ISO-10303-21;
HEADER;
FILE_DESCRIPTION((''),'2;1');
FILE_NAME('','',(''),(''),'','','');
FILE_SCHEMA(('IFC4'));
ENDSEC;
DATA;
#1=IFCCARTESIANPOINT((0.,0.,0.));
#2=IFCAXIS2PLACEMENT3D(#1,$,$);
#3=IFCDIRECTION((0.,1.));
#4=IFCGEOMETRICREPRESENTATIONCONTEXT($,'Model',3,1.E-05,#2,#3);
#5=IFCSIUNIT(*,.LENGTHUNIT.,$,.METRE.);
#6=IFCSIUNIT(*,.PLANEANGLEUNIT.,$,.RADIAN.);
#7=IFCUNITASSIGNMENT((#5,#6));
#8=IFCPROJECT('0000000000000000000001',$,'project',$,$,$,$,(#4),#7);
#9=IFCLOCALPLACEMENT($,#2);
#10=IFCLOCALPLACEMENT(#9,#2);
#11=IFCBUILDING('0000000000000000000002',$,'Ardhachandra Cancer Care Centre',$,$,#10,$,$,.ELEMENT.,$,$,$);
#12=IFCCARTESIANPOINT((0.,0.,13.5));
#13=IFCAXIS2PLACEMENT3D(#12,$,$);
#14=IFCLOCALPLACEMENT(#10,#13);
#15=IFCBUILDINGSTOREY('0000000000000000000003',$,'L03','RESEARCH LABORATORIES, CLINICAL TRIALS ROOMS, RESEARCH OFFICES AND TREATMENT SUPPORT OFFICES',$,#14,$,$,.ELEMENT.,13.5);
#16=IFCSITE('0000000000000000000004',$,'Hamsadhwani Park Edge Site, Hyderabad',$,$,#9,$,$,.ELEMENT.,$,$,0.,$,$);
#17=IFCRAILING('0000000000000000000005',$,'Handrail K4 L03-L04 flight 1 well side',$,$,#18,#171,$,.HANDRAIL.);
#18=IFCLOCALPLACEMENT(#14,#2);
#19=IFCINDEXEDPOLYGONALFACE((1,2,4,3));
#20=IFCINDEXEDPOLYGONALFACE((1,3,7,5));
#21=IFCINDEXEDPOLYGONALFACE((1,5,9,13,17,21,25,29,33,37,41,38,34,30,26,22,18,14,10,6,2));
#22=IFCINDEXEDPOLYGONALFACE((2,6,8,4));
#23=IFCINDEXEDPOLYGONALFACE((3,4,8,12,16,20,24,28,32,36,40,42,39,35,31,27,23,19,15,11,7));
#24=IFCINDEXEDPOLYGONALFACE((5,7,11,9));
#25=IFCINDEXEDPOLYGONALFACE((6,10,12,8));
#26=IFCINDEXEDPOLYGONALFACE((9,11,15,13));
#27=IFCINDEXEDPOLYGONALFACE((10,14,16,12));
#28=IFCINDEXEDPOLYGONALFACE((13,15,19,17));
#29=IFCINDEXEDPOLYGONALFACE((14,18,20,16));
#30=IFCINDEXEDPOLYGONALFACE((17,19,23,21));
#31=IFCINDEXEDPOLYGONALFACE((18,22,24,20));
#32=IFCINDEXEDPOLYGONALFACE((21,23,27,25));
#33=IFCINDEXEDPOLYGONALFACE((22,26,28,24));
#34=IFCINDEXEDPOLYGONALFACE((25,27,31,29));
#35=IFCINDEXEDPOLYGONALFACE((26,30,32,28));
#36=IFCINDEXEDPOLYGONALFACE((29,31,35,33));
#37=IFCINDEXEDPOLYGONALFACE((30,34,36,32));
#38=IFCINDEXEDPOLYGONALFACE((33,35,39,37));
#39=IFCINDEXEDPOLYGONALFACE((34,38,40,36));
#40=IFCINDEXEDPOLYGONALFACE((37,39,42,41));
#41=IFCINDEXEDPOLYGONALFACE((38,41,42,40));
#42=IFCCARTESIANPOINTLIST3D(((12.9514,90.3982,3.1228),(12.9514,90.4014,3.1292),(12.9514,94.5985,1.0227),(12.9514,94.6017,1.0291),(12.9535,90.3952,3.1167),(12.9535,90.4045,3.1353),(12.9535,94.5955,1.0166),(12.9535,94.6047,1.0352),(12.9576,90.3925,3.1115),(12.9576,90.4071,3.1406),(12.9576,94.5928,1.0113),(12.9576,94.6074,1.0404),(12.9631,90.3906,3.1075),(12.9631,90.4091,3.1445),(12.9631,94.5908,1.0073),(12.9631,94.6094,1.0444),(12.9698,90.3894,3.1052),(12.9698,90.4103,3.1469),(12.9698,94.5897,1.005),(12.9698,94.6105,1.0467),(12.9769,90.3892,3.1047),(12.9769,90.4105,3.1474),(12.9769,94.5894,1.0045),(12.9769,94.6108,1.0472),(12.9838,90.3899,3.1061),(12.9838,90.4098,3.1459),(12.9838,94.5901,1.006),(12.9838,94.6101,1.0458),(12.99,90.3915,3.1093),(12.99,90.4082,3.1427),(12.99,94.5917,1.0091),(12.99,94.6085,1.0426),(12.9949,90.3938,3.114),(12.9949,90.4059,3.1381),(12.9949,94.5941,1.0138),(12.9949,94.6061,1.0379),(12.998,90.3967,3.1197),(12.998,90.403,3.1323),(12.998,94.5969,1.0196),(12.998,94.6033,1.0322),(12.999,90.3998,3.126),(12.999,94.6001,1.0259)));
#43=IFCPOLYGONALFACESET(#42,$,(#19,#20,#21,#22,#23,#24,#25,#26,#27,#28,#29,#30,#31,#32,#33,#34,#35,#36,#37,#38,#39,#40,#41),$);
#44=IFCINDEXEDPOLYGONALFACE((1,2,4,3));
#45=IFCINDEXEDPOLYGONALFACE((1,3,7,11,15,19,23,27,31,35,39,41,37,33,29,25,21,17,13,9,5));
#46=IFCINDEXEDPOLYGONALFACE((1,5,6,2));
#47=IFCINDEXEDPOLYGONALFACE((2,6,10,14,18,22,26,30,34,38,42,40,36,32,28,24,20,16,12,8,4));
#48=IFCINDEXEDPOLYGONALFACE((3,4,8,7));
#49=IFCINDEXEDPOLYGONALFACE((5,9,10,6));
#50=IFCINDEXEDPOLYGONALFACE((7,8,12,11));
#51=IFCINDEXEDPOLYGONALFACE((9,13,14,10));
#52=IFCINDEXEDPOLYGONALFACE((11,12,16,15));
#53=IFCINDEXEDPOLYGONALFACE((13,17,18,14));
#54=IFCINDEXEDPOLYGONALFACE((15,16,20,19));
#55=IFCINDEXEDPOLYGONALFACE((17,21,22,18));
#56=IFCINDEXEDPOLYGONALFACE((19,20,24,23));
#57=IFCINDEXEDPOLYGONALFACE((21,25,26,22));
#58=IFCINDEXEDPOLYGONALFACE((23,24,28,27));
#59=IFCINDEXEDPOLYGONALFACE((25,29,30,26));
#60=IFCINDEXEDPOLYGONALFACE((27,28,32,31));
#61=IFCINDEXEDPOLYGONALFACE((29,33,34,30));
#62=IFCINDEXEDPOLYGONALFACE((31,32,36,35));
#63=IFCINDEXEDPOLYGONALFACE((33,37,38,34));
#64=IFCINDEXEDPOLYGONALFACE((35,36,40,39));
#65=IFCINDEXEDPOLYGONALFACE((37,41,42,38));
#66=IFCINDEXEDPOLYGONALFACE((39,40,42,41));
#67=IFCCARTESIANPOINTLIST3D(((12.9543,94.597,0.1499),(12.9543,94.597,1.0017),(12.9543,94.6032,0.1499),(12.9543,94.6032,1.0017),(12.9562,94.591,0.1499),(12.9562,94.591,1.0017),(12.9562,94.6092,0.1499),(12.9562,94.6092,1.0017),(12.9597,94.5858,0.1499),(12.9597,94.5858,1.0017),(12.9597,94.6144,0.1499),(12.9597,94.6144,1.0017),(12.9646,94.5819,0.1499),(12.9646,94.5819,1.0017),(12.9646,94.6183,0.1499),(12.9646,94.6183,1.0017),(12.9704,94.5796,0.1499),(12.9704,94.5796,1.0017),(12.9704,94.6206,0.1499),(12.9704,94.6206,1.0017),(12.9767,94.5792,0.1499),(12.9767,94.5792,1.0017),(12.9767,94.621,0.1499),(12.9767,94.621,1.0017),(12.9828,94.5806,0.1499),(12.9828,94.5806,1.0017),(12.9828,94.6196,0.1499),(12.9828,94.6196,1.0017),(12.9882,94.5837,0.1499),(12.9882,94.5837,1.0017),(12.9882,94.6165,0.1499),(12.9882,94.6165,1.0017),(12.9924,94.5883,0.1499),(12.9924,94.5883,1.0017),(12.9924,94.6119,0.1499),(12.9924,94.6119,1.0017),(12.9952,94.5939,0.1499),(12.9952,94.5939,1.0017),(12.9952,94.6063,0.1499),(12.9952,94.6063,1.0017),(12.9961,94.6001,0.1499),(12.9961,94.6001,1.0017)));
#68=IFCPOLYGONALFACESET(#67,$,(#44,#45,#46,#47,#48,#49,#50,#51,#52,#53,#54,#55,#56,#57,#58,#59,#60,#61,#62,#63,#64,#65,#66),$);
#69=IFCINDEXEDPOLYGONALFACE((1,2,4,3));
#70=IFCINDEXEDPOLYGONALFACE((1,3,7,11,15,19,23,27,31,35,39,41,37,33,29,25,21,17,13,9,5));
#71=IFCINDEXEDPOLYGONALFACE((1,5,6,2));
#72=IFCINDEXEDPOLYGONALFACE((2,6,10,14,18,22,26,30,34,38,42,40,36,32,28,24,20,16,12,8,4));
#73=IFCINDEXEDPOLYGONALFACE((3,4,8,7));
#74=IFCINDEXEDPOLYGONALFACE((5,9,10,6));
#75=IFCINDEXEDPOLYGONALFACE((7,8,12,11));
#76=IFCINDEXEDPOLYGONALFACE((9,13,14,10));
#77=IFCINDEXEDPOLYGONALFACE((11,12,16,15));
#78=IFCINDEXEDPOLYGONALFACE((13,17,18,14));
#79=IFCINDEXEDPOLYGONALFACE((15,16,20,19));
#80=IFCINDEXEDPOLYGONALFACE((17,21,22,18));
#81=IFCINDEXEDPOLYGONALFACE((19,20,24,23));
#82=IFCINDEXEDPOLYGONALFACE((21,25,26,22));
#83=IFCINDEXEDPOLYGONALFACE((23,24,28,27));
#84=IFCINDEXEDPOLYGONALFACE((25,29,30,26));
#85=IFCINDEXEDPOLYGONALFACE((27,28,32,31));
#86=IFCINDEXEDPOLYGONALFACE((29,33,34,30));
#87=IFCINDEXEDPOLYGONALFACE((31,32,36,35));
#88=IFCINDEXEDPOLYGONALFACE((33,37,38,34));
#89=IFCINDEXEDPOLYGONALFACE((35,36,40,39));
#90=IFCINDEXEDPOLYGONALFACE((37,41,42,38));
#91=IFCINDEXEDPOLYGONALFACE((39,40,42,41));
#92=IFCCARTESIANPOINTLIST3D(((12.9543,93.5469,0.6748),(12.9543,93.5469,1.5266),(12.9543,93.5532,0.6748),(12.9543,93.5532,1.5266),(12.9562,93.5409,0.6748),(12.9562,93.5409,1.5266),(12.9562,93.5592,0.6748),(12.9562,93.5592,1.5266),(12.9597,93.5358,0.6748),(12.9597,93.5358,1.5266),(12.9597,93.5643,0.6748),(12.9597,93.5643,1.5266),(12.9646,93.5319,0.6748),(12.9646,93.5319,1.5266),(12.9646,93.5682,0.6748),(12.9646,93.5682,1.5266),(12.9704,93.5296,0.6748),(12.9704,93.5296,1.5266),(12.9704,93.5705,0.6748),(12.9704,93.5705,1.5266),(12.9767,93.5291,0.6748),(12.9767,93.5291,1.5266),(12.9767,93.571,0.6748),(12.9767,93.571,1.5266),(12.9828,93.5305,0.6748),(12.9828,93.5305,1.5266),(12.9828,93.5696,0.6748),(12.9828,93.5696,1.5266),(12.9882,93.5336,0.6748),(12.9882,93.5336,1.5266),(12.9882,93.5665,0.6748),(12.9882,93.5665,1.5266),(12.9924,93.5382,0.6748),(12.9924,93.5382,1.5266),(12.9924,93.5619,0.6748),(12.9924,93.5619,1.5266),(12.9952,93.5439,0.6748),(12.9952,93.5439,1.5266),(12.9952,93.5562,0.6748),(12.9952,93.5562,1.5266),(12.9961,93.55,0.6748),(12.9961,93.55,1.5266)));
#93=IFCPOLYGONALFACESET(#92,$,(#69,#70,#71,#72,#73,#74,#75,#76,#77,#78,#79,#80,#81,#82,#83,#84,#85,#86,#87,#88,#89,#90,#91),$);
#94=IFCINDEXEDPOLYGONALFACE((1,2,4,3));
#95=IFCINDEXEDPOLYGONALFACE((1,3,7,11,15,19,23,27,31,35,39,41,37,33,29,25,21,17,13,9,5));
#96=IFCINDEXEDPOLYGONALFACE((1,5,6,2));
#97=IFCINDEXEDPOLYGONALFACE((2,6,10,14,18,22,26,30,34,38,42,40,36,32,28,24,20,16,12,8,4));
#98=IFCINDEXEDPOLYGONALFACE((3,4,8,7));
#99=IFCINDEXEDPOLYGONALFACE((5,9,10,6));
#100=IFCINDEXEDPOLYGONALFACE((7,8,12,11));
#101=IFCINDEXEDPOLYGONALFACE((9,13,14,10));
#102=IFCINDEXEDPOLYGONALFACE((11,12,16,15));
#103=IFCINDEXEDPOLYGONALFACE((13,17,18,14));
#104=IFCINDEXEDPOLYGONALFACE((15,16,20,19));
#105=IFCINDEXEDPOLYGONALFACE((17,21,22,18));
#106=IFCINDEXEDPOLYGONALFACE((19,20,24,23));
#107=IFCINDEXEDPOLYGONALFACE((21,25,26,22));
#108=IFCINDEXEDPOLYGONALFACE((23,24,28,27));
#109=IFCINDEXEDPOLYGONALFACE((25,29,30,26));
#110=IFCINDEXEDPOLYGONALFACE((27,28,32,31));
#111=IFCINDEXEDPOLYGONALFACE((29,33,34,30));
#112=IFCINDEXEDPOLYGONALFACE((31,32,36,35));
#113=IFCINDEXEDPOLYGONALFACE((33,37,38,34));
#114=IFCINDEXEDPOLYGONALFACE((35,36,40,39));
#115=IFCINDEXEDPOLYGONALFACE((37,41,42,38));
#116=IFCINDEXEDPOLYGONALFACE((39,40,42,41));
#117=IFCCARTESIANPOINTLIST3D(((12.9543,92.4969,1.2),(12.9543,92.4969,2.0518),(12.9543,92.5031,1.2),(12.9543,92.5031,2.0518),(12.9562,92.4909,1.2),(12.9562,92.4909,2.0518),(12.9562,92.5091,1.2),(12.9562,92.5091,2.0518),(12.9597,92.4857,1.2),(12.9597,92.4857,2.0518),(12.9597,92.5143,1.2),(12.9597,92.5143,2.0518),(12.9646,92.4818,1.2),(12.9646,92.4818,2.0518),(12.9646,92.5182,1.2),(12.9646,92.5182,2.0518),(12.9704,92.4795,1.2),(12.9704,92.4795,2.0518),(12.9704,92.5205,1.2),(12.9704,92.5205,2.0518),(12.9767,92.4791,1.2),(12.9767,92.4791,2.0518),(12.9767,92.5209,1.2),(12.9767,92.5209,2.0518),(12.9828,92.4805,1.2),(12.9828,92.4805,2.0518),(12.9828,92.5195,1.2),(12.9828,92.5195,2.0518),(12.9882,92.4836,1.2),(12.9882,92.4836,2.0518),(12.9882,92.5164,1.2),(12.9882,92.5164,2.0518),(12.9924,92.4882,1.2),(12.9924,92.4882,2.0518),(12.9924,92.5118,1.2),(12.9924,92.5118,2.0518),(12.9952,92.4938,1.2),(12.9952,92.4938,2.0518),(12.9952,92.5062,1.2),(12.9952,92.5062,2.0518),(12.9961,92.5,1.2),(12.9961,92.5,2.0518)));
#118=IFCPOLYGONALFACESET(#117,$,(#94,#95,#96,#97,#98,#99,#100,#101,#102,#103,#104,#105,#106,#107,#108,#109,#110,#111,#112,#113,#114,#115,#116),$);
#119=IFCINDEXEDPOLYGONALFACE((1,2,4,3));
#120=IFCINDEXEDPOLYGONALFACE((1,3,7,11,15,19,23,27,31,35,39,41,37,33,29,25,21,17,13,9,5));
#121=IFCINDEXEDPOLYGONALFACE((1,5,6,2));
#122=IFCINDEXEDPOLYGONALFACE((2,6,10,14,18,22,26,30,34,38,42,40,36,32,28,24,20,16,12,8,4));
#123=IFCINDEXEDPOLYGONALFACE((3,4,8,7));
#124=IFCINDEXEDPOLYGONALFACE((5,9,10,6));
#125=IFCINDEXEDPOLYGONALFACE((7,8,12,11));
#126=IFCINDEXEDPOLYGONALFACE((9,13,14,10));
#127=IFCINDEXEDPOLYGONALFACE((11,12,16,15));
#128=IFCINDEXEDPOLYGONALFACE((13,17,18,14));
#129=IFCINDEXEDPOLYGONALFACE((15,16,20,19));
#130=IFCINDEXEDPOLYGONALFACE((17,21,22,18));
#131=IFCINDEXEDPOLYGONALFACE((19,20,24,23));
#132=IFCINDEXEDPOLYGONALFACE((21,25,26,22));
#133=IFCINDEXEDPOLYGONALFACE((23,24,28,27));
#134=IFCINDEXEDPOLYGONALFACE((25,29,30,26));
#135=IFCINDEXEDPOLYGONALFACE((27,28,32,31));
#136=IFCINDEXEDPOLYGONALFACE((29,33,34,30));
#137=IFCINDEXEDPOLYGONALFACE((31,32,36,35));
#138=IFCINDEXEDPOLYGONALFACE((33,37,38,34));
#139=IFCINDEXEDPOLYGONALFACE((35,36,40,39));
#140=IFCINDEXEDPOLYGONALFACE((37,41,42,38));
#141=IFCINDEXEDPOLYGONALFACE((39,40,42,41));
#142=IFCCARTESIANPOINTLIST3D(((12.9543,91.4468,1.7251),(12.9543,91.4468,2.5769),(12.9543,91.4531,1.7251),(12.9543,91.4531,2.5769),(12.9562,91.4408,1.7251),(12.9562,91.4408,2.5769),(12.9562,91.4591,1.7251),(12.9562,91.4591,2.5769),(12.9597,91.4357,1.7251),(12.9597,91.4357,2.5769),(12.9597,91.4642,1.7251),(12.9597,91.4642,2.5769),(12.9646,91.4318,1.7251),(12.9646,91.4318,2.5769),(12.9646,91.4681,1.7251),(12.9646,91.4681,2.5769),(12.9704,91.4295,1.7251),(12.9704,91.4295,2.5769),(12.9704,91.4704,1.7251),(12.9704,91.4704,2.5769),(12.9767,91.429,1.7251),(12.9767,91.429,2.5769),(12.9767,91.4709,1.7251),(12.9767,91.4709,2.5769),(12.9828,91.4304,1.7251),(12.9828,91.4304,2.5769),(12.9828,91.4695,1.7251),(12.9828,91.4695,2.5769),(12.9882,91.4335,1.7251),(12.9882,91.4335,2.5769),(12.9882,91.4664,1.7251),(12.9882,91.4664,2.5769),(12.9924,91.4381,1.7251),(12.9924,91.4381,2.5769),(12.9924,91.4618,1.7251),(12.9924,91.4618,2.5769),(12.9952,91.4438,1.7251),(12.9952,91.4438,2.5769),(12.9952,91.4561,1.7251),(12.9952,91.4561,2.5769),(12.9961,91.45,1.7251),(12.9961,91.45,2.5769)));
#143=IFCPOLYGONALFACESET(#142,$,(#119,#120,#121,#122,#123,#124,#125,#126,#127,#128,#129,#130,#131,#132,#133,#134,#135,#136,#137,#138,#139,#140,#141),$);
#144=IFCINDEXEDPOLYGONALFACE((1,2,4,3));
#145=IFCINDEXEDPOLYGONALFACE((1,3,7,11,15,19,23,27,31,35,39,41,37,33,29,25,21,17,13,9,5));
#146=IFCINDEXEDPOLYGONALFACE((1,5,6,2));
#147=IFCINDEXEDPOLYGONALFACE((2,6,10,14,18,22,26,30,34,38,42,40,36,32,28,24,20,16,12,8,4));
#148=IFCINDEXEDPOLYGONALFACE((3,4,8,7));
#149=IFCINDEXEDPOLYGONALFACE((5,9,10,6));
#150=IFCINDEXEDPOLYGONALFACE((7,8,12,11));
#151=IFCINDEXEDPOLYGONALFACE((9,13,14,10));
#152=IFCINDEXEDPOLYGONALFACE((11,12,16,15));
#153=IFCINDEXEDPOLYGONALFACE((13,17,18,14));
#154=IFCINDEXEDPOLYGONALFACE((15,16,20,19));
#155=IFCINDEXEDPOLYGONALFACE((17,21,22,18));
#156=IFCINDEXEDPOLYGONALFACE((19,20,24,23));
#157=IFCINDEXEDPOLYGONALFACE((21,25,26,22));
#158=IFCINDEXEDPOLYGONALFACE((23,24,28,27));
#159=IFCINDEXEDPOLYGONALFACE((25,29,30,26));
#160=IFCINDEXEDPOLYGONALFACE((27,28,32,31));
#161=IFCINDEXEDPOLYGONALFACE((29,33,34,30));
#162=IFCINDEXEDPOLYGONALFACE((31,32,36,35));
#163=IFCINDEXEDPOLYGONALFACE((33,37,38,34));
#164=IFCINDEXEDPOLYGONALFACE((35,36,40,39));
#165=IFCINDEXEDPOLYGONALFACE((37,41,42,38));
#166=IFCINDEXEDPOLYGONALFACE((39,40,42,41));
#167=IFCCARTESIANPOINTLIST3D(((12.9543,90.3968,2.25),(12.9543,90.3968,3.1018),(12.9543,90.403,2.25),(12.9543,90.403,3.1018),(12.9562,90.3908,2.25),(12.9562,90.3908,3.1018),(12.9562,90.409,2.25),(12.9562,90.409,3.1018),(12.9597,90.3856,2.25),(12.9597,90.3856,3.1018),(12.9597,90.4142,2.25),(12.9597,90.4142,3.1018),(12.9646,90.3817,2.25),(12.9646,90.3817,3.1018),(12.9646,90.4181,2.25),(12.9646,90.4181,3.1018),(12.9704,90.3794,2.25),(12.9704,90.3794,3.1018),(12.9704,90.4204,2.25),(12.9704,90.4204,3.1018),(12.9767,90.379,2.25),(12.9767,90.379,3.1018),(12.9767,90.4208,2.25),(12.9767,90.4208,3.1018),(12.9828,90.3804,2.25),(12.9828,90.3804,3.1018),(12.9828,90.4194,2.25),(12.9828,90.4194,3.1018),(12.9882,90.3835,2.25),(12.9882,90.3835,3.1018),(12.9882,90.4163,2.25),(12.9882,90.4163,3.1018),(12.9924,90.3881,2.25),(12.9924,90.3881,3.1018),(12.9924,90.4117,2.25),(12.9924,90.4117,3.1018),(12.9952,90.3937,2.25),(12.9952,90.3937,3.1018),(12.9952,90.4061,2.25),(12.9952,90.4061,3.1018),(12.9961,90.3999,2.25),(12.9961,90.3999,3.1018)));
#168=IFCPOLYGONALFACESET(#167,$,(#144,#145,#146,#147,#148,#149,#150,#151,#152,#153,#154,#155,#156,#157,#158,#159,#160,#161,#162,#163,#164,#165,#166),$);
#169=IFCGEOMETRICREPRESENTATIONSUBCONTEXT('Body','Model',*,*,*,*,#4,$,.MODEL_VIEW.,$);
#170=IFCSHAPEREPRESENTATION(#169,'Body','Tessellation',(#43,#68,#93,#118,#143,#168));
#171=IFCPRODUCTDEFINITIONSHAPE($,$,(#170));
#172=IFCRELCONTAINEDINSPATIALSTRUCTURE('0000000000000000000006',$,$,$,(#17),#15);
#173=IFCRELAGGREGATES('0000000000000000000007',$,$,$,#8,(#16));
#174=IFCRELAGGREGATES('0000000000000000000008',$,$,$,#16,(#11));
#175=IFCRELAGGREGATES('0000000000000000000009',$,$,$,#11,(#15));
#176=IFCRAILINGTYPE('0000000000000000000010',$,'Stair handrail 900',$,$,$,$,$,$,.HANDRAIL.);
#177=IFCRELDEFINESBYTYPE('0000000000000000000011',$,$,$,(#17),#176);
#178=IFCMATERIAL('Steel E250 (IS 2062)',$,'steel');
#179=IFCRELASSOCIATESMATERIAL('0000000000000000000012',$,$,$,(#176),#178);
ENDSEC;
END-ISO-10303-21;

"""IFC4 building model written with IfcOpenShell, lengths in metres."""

from ifc_helpers import new_model, si_unit, direction, frame, origin, origin_2d, place, context, subcontext, project, spatial, circle, extrude, material, type_object, element, save


model = new_model("IFC4")

# Units and contexts
model_context = context("Model", 3, precision=1e-05, world=origin(), true_north=direction((0.0, 1.0)))
body_context = subcontext(model_context, "Body", "Model", "MODEL_VIEW")
ifc_project = project(units=[si_unit("LENGTHUNIT", "METRE"), si_unit("PLANEANGLEUNIT", "RADIAN")], contexts=[model_context])

# Site, building, storey
site_placement = place(None, origin())
site = spatial("IfcSite", under=ifc_project, at=site_placement, Name="Hamsadhwani Park Edge Site, Hyderabad", CompositionType="ELEMENT", RefElevation=0.0)
building_placement = place(site_placement, origin())
building = spatial("IfcBuilding", under=site, at=building_placement, Name="Ardhachandra Cancer Care Centre", CompositionType="ELEMENT")
storey_placement = place(building_placement, frame((0.0, 0.0, 13.5)))
storey = spatial("IfcBuildingStorey", under=building, at=storey_placement, Name="L03", Description="RESEARCH LABORATORIES, CLINICAL TRIALS ROOMS, RESEARCH OFFICES AND TREATMENT SUPPORT OFFICES", CompositionType="ELEMENT", Elevation=13.5)

# Railing
ifc_material_1 = material(Name="Steel E250 (IS 2062)", Category="steel")
railing_type_1 = type_object("IfcRailingType", Name="Stair handrail 900", PredefinedType="HANDRAIL", material=ifc_material_1)
for number, where, name in (
    (1, (12.9751, 94.6001, 0.1499), "Handrail K4 L03-L04 flight 1 well side"),
):
    element("IfcRailing", number, at=place(storey_placement, frame(where)), inside=storey, type_object=railing_type_1, Name=name, PredefinedType="HANDRAIL", context=body_context, shape_type="SweptSolid", body=[
        extrude(circle(Radius=0.0239, at=origin_2d()), frame((0.0, 0.0, 0.876), z_axis=(0.0, -0.894427, 0.447214), x_axis=(1.0, 0.0, 0.0)), (0.0, 0.0, 1.0), 4.696),
        extrude(circle(Radius=0.021, at=origin_2d()), origin(), (0.0, 0.0, 1.0), 0.8518),
        extrude(circle(Radius=0.021, at=origin_2d()), frame((0.0, -1.05, 0.5249)), (0.0, 0.0, 1.0), 0.8518),
        extrude(circle(Radius=0.021, at=origin_2d()), frame((0.0, -2.1001, 1.05)), (0.0, 0.0, 1.0), 0.8518),
        extrude(circle(Radius=0.021, at=origin_2d()), frame((0.0, -3.1501, 1.5752)), (0.0, 0.0, 1.0), 0.8518),
        extrude(circle(Radius=0.021, at=origin_2d()), frame((0.0, -4.2002, 2.1001)), (0.0, 0.0, 1.0), 0.8518),
    ])

save(model, "model.ifc")
